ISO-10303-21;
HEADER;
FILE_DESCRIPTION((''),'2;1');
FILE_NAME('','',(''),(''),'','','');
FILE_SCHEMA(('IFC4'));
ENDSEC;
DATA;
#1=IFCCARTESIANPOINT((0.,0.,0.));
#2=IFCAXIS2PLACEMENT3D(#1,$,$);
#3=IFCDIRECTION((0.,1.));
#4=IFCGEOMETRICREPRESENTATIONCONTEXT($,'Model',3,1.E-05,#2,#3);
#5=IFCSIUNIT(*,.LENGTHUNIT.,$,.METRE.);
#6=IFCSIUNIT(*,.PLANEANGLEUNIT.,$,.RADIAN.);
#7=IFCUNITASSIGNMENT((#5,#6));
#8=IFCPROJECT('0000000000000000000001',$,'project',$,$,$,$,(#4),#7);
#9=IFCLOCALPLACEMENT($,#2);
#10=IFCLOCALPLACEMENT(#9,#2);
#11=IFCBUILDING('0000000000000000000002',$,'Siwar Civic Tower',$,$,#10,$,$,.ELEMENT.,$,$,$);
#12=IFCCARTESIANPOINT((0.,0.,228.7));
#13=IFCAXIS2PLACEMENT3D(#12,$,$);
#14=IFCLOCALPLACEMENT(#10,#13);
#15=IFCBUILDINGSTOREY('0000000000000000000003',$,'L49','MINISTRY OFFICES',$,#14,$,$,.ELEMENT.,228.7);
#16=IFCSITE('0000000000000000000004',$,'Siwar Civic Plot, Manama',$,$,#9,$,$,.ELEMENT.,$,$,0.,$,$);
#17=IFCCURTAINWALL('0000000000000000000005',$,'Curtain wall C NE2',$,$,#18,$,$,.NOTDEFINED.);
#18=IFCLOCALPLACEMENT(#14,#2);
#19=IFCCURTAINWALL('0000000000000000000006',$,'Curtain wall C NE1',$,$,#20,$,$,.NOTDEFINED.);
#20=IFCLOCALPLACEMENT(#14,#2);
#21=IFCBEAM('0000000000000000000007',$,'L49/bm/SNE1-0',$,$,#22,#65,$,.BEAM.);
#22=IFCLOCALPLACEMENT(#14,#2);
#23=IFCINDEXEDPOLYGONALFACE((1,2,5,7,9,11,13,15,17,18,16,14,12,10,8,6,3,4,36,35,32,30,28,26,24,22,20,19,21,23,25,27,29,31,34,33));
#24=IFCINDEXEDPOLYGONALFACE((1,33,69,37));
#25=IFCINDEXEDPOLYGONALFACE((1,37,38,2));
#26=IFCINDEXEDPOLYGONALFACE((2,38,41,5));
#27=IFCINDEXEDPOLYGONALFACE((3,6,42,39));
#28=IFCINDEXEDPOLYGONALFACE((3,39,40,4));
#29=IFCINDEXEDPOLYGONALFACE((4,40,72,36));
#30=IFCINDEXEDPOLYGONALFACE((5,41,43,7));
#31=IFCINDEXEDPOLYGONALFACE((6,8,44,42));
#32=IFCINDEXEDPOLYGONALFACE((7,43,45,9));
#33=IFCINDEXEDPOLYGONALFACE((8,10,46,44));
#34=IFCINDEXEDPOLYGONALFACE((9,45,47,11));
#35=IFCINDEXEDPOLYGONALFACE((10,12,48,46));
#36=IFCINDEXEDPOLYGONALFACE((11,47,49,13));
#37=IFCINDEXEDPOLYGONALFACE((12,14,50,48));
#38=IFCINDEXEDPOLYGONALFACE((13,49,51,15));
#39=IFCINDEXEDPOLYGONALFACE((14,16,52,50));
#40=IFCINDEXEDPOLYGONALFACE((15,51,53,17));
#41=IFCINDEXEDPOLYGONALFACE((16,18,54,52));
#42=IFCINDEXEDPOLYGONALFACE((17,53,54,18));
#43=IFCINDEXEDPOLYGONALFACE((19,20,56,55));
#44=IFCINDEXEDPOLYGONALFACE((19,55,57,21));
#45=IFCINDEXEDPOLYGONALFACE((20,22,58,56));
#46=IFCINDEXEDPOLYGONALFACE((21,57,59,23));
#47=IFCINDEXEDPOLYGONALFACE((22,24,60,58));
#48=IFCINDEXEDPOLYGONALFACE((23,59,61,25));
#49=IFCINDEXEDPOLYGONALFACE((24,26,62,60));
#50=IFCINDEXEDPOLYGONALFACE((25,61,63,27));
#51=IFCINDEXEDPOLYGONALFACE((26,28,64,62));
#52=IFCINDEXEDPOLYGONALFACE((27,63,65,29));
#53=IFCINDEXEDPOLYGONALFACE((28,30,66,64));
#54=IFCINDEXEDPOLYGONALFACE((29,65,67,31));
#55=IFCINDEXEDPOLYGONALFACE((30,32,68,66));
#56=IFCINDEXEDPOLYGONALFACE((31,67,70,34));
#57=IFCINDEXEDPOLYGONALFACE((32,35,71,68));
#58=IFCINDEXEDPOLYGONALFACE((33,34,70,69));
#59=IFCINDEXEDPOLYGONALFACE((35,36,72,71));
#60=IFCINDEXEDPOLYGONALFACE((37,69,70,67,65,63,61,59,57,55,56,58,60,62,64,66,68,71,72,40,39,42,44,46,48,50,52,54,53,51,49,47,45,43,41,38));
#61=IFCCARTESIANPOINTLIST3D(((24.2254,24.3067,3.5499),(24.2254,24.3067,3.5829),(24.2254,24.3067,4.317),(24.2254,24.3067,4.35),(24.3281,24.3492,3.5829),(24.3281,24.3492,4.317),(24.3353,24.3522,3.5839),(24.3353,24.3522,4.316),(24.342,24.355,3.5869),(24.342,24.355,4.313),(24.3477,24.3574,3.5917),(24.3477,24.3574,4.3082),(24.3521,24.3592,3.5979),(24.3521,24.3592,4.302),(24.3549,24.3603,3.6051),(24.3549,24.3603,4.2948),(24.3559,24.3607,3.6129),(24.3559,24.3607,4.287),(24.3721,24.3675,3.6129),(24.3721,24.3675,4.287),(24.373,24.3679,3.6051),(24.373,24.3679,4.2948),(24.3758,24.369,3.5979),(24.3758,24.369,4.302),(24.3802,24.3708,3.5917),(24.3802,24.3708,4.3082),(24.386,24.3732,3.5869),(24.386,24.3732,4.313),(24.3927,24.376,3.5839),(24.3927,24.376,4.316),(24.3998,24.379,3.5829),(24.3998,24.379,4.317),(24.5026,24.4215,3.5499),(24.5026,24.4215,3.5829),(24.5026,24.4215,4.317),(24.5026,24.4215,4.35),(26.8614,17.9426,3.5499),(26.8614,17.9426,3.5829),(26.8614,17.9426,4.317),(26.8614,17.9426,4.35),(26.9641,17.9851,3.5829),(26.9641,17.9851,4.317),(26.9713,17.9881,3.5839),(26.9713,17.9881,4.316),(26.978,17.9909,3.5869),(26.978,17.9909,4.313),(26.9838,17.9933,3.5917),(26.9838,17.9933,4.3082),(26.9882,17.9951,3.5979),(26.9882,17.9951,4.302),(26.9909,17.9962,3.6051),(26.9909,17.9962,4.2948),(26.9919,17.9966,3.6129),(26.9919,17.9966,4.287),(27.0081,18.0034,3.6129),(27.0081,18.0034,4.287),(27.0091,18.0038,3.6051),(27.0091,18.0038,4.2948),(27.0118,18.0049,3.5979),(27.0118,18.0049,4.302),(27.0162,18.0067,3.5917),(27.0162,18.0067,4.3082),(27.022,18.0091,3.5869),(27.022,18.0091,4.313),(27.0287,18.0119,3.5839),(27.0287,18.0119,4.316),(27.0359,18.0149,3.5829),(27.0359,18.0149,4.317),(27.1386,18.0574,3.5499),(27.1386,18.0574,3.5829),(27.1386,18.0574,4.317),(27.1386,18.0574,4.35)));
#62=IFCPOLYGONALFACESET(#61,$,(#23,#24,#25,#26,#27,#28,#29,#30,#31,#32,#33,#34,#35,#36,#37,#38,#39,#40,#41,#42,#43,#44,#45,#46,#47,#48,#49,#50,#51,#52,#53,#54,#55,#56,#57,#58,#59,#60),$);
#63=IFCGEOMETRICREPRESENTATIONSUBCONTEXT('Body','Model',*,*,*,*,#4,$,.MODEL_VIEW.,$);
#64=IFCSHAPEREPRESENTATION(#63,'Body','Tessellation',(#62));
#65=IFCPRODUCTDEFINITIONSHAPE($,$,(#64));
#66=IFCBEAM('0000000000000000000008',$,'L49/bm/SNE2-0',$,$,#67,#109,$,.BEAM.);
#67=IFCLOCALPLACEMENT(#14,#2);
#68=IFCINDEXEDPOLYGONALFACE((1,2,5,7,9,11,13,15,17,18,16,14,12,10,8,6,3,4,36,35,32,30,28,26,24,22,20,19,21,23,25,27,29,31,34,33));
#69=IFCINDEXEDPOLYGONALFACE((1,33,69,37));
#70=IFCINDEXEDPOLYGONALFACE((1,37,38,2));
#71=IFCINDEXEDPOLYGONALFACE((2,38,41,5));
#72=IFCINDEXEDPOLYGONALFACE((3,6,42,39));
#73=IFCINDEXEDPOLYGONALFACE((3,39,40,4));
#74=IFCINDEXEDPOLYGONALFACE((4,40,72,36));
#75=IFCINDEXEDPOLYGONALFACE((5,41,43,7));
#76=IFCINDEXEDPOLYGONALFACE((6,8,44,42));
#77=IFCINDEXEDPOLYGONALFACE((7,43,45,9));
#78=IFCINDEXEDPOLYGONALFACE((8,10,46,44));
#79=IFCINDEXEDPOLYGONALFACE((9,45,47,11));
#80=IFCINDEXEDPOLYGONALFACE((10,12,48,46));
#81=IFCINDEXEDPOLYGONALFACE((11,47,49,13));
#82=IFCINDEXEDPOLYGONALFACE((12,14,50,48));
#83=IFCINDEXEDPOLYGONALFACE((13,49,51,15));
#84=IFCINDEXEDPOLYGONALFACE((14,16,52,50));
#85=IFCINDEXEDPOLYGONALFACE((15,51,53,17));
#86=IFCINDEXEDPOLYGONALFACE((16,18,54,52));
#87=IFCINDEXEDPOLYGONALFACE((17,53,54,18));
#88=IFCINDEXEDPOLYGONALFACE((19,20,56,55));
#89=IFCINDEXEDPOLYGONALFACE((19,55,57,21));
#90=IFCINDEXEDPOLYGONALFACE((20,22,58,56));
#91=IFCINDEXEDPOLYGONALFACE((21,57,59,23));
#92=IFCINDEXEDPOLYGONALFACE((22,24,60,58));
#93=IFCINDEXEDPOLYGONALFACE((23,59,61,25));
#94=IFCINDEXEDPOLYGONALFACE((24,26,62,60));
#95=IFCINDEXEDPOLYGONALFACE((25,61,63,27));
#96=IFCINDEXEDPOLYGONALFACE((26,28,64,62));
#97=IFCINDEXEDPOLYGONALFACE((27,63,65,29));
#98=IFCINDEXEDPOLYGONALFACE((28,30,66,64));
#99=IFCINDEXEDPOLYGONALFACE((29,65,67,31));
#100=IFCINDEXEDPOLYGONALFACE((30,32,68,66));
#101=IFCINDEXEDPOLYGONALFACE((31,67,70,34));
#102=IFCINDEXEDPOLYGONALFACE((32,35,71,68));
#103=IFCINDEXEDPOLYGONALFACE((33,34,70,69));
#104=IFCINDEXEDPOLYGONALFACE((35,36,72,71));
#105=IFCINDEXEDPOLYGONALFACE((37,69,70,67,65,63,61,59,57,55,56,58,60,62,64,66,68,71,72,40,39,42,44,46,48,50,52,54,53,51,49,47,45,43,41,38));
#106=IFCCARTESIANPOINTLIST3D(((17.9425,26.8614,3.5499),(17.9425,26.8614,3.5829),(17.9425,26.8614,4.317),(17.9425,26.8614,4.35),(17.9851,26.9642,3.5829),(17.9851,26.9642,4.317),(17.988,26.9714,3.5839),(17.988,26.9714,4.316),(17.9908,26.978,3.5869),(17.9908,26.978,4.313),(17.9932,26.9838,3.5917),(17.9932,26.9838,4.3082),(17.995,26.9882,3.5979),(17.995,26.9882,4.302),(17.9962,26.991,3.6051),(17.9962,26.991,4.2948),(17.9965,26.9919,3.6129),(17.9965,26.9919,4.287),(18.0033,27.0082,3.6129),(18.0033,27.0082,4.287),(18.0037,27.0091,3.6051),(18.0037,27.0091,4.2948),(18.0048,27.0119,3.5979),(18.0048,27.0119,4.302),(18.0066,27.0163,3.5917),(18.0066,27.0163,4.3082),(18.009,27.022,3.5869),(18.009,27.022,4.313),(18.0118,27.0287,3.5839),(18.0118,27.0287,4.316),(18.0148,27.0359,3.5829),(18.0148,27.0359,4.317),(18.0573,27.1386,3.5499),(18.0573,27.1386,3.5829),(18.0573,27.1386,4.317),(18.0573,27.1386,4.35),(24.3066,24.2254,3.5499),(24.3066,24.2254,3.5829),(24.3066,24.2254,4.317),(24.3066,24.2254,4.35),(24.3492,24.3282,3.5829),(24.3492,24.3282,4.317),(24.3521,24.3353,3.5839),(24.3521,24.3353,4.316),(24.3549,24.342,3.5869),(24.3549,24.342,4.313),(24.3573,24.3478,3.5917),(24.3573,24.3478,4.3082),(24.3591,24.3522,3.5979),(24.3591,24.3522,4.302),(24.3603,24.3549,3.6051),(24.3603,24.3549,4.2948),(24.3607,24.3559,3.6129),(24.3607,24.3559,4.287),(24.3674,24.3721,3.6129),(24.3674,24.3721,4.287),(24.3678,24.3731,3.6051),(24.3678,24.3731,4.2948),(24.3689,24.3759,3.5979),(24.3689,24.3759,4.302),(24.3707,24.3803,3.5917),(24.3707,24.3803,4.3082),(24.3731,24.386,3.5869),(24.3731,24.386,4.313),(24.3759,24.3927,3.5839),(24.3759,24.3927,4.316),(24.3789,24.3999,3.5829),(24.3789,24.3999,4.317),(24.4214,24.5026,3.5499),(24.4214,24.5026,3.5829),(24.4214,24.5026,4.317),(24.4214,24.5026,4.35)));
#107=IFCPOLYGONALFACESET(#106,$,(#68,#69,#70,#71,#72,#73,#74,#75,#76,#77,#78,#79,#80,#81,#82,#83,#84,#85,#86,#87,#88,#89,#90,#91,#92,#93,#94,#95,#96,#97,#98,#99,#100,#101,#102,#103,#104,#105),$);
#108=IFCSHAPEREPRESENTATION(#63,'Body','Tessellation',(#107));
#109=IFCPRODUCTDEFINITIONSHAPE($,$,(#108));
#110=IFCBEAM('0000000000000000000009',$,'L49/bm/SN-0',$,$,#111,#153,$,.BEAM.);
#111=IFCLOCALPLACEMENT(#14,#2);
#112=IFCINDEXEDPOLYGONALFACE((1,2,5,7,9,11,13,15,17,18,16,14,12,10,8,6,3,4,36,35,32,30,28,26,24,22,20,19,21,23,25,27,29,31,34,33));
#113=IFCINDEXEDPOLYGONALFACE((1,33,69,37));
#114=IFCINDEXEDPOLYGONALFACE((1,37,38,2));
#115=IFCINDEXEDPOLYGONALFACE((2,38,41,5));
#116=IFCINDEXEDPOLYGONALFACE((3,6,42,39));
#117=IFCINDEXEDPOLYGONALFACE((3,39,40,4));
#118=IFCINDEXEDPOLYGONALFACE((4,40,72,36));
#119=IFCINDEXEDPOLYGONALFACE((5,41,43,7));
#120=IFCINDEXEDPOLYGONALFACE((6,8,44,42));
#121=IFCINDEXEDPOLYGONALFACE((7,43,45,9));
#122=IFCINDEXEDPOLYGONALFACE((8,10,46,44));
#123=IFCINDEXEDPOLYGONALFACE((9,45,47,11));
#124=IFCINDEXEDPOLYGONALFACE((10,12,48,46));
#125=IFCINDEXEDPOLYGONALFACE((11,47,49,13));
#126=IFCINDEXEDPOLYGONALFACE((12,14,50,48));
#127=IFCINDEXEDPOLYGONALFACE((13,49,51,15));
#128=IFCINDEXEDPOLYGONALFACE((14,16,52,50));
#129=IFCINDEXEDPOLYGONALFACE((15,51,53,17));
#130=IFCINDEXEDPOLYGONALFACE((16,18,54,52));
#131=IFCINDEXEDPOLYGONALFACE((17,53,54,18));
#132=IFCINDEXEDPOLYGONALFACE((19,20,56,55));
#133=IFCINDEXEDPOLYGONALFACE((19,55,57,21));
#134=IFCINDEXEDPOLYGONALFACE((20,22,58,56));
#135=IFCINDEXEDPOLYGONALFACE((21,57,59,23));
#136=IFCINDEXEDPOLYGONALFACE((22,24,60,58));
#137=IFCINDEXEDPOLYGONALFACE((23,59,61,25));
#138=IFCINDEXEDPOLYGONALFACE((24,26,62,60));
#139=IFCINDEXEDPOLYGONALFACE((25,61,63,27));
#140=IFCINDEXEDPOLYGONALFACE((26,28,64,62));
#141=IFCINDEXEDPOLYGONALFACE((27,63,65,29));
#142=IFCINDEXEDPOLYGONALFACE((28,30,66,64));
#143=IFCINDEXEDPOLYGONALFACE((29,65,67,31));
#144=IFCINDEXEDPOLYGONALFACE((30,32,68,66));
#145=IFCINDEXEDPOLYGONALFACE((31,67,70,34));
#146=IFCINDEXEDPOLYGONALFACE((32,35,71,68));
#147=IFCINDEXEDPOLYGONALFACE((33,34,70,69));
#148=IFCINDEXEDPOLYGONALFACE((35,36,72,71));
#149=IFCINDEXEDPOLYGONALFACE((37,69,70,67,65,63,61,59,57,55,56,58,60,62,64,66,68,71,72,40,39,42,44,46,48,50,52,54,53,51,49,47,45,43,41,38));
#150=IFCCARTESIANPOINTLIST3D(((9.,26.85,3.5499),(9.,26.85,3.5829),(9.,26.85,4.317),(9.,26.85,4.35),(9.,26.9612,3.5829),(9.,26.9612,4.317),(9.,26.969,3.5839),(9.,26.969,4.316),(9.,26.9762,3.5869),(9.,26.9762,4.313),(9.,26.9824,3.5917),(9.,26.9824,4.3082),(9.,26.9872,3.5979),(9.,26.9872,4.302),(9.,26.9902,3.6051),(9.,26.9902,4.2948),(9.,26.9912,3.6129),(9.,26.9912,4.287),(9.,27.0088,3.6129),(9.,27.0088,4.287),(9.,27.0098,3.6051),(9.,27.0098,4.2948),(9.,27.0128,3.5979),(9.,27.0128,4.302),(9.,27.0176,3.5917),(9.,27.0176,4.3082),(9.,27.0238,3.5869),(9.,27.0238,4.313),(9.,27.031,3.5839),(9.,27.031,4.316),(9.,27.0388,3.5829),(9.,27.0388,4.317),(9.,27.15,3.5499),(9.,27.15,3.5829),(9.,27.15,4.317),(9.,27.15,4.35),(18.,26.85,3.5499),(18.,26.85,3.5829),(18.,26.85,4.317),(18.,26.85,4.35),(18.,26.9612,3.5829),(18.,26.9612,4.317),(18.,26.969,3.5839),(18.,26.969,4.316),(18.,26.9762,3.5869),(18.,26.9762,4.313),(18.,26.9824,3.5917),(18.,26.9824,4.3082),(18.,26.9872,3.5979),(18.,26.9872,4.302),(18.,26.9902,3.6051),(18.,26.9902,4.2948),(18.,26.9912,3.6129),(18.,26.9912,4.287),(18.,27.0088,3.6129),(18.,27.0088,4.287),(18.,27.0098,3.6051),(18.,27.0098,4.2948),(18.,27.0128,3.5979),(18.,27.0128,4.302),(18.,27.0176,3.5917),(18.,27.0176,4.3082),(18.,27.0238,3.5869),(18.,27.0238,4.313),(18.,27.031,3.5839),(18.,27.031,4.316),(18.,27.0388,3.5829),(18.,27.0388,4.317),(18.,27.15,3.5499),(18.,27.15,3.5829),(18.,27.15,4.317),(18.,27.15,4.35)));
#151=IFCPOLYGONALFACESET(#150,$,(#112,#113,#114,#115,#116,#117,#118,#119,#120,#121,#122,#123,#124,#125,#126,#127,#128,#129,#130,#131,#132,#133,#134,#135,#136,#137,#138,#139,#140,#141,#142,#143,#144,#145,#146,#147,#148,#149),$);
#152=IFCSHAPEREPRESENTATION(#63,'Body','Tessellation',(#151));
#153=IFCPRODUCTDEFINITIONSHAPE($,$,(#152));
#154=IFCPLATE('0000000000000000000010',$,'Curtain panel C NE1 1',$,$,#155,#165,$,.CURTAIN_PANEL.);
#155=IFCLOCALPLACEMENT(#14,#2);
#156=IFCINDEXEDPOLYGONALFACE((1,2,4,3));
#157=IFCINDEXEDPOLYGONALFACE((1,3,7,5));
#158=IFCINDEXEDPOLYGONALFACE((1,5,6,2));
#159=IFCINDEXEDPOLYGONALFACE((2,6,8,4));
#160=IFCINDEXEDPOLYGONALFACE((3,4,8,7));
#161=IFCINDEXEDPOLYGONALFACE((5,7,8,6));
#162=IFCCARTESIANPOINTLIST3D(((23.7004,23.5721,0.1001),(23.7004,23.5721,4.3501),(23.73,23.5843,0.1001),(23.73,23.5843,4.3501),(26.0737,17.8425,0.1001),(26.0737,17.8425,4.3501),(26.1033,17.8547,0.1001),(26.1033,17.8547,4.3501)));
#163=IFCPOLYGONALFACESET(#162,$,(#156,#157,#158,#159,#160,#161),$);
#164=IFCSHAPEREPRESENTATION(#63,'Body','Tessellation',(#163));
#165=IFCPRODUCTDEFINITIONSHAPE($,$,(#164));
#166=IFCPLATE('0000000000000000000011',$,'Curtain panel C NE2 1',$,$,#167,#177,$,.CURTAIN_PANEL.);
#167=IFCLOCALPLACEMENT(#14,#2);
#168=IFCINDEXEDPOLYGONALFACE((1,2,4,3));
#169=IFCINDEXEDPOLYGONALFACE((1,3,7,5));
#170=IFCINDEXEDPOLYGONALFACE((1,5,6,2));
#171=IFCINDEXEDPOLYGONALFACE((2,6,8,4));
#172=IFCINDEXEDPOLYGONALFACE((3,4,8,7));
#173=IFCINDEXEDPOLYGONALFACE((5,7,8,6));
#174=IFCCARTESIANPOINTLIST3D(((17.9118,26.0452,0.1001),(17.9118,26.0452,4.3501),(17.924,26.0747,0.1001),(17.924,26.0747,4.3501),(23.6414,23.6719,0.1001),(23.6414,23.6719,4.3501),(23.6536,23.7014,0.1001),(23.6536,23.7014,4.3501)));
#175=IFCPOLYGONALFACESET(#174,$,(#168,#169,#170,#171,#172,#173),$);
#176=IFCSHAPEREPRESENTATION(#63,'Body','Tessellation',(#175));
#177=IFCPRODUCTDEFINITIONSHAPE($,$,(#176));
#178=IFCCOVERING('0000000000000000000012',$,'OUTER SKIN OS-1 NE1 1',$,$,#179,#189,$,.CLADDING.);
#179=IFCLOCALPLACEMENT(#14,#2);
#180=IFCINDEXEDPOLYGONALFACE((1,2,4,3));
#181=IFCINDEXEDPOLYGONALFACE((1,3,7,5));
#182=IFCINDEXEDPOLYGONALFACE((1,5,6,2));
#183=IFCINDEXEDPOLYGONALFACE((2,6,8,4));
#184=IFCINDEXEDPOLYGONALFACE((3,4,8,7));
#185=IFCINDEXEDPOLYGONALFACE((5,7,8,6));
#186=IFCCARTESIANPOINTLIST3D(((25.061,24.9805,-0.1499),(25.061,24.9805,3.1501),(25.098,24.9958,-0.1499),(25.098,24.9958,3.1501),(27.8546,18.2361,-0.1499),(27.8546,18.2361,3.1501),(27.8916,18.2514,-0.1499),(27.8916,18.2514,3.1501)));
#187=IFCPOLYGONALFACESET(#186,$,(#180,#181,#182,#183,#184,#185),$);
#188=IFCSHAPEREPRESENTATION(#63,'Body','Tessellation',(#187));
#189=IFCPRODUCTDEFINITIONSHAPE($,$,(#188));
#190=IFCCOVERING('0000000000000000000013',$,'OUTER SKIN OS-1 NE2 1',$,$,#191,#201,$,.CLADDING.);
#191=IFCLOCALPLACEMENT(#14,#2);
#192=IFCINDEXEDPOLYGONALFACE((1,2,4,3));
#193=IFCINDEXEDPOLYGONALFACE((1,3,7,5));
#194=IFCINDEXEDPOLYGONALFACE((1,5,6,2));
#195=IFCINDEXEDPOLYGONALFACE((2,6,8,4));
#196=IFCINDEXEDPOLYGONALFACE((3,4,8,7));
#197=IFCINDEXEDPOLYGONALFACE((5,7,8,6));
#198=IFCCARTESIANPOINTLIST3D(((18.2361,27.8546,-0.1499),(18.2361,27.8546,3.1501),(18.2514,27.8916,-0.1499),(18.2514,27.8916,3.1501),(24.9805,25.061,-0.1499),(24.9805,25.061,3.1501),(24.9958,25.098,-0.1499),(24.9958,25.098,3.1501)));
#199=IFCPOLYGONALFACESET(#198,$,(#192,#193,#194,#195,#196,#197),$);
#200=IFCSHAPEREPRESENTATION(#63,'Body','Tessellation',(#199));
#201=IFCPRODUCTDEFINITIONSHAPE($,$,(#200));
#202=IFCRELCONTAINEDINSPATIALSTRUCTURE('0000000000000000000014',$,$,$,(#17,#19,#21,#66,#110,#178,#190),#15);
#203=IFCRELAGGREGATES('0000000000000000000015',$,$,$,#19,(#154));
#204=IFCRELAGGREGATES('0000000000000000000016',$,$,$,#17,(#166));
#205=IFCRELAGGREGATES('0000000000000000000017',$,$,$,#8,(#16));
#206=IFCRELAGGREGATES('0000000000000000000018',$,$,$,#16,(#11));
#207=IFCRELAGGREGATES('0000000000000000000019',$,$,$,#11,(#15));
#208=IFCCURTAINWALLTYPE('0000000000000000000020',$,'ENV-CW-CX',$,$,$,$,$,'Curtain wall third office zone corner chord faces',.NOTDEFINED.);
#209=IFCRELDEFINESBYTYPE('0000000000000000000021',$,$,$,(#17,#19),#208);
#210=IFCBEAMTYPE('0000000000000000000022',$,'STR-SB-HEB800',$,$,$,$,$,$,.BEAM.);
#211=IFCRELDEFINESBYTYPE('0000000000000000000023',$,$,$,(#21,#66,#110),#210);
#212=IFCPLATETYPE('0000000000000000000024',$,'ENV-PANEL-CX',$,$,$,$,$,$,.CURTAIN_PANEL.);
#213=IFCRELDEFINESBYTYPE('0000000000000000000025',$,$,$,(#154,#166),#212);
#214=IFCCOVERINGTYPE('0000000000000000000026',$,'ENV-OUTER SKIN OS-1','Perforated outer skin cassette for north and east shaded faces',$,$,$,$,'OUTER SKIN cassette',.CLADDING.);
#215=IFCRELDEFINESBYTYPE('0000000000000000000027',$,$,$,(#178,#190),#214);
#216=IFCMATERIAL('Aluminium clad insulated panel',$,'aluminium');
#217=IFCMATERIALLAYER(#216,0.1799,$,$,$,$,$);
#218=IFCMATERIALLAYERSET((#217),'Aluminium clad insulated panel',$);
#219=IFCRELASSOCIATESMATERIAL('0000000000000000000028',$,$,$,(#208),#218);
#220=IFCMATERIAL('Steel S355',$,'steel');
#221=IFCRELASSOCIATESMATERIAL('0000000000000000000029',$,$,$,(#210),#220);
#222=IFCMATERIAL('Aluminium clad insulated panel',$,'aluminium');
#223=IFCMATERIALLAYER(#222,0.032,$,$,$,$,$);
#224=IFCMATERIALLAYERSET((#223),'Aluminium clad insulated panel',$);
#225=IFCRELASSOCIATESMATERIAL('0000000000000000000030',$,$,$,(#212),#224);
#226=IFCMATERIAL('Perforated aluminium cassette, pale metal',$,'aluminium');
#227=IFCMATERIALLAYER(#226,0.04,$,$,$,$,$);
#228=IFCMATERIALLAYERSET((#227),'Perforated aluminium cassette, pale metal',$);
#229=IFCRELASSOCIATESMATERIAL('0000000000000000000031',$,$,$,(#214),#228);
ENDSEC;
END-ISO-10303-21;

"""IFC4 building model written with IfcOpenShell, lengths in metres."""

from ifc_helpers import new_model, si_unit, direction, frame, origin, origin_2d, place, context, subcontext, project, spatial, rectangle, i_section, extrude, material, layer, layer_set, material_profile, profile_set, type_object, element, aggregate, save


model = new_model("IFC4")

# Units and contexts
model_context = context("Model", 3, precision=1e-05, world=origin(), true_north=direction((0.0, 1.0)))
body_context = subcontext(model_context, "Body", "Model", "MODEL_VIEW")
ifc_project = project(units=[si_unit("LENGTHUNIT", "METRE"), si_unit("PLANEANGLEUNIT", "RADIAN")], contexts=[model_context])

# Site, building, storey
site_placement = place(None, origin())
site = spatial("IfcSite", under=ifc_project, at=site_placement, Name="Siwar Civic Plot, Manama", CompositionType="ELEMENT", RefElevation=0.0)
building_placement = place(site_placement, origin())
building = spatial("IfcBuilding", under=site, at=building_placement, Name="Siwar Civic Tower", CompositionType="ELEMENT")
storey_placement = place(building_placement, frame((0.0, 0.0, 228.7)))
storey = spatial("IfcBuildingStorey", under=building, at=storey_placement, Name="L49", Description="MINISTRY OFFICES", CompositionType="ELEMENT", Elevation=228.7)

# Curtain walls
ifc_material_1 = material(Name="Aluminium clad insulated panel", Category="aluminium")
ifc_layer_1 = layer(ifc_material_1, 0.1799)
ifc_layer_set_1 = layer_set([ifc_layer_1], Name="Aluminium clad insulated panel")
curtain_wall_type_1 = type_object("IfcCurtainWallType", Name="ENV-CW-CX", ElementType="Curtain wall third office zone corner chord faces", PredefinedType="NOTDEFINED", material=ifc_layer_set_1)
curtain_wall_1_placement = place(storey_placement, origin())
curtain_wall_1 = element("IfcCurtainWall", 1, at=curtain_wall_1_placement, inside=storey, type_object=curtain_wall_type_1, Name="Curtain wall C NE2", PredefinedType="NOTDEFINED")
curtain_wall_2_placement = place(storey_placement, origin())
curtain_wall_2 = element("IfcCurtainWall", 2, at=curtain_wall_2_placement, inside=storey, type_object=curtain_wall_type_1, Name="Curtain wall C NE1", PredefinedType="NOTDEFINED")

# Beams
ifc_material_2 = material(Name="Steel S355", Category="steel")
ifc_material_profile_1 = material_profile(ifc_material_2, i_section(OverallWidth=0.3, OverallDepth=0.8, WebThickness=0.0176, FlangeThickness=0.033, FilletRadius=0.03, at=origin_2d()), Name="HEB800")
ifc_profile_set_1 = profile_set([ifc_material_profile_1], Name="Steel S355")
beam_type_1 = type_object("IfcBeamType", Name="STR-SB-HEB800", PredefinedType="BEAM", material=ifc_profile_set_1)
for number, where, z_axis, x_axis, name in (
    (3, (27.0, 18.0, 3.95), (-0.382674, 0.923883, 0.0), (-0.923883, -0.382674, 0.0), "L49/bm/SNE1-0"),
    (4, (24.364, 24.364, 3.95), (-0.923883, 0.382674, 0.0), (-0.382674, -0.923883, 0.0), "L49/bm/SNE2-0"),
):
    element("IfcBeam", number, at=place(storey_placement, frame(where, z_axis=z_axis, x_axis=x_axis)), inside=storey, type_object=beam_type_1, Name=name, PredefinedType="BEAM", context=body_context, shape_type="SweptSolid", body=[
        extrude(i_section(OverallWidth=0.3, OverallDepth=0.8, WebThickness=0.0176, FlangeThickness=0.033, FilletRadius=0.03, at=origin_2d()), origin(), (0.0, 0.0, 1.0), 6.8884),
    ])
beam_1_placement = place(storey_placement, frame((18.0, 27.0, 3.95), z_axis=(-1.0, 0.0, 0.0), x_axis=(0.0, -1.0, 0.0)))
element("IfcBeam", 5, at=beam_1_placement, inside=storey, type_object=beam_type_1, Name="L49/bm/SN-0", PredefinedType="BEAM", context=body_context, shape_type="SweptSolid", body=[
    extrude(i_section(OverallWidth=0.3, OverallDepth=0.8, WebThickness=0.0176, FlangeThickness=0.033, FilletRadius=0.03, at=origin_2d()), origin(), (0.0, 0.0, 1.0), 9.0),
])

# Plates
ifc_material_3 = material(Name="Aluminium clad insulated panel", Category="aluminium")
ifc_layer_2 = layer(ifc_material_3, 0.032)
ifc_layer_set_2 = layer_set([ifc_layer_2], Name="Aluminium clad insulated panel")
plate_type = type_object("IfcPlateType", Name="ENV-PANEL-CX", PredefinedType="CURTAIN_PANEL", material=ifc_layer_set_2)
plate_1_placement = place(storey_placement, frame((24.9019, 20.7134, 0.1001), z_axis=(0.0, 0.0, 1.0), x_axis=(-0.382683, 0.92388, 0.0)))
plate_1 = element("IfcPlate", 6, at=plate_1_placement, type_object=plate_type, Name="Curtain panel C NE1 1", PredefinedType="CURTAIN_PANEL", context=body_context, shape_type="SweptSolid", body=[
    extrude(rectangle(XDim=6.2017, YDim=0.032, at=origin_2d()), origin(), (0.0, 0.0, 1.0), 4.25),
])
aggregate(curtain_wall_2, [plate_1])
plate_2_placement = place(storey_placement, frame((20.7827, 24.8733, 0.1001), z_axis=(0.0, 0.0, 1.0), x_axis=(-0.92388, 0.382683, 0.0)))
plate_2 = element("IfcPlate", 7, at=plate_2_placement, type_object=plate_type, Name="Curtain panel C NE2 1", PredefinedType="CURTAIN_PANEL", context=body_context, shape_type="SweptSolid", body=[
    extrude(rectangle(XDim=6.2017, YDim=0.032, at=origin_2d()), origin(), (0.0, 0.0, 1.0), 4.25),
])
aggregate(curtain_wall_1, [plate_2])

# Coverings
ifc_material_4 = material(Name="Perforated aluminium cassette, pale metal", Category="aluminium")
ifc_layer_3 = layer(ifc_material_4, 0.04)
ifc_layer_set_3 = layer_set([ifc_layer_3], Name="Perforated aluminium cassette, pale metal")
covering_type = type_object("IfcCoveringType", Name="ENV-OUTER SKIN OS-1", Description="Perforated outer skin cassette for north and east shaded faces", ElementType="OUTER SKIN cassette", PredefinedType="CLADDING", material=ifc_layer_set_3)
for number, where, z_axis, x_axis, name in (
    (8, (26.4763, 21.616, -0.1499), (0.0, 0.0, 1.0), (-0.382683, 0.92388, 0.0), "OUTER SKIN OS-1 NE1 1"),
    (9, (21.616, 26.4763, -0.1499), (0.0, 0.0, 1.0), (-0.92388, 0.382683, 0.0), "OUTER SKIN OS-1 NE2 1"),
):
    element("IfcCovering", number, at=place(storey_placement, frame(where, z_axis=z_axis, x_axis=x_axis)), inside=storey, type_object=covering_type, Name=name, PredefinedType="CLADDING", context=body_context, shape_type="SweptSolid", body=[
        extrude(rectangle(XDim=7.3, YDim=0.04, at=origin_2d()), origin(), (0.0, 0.0, 1.0), 3.3),
    ])

save(model, "model.ifc")
